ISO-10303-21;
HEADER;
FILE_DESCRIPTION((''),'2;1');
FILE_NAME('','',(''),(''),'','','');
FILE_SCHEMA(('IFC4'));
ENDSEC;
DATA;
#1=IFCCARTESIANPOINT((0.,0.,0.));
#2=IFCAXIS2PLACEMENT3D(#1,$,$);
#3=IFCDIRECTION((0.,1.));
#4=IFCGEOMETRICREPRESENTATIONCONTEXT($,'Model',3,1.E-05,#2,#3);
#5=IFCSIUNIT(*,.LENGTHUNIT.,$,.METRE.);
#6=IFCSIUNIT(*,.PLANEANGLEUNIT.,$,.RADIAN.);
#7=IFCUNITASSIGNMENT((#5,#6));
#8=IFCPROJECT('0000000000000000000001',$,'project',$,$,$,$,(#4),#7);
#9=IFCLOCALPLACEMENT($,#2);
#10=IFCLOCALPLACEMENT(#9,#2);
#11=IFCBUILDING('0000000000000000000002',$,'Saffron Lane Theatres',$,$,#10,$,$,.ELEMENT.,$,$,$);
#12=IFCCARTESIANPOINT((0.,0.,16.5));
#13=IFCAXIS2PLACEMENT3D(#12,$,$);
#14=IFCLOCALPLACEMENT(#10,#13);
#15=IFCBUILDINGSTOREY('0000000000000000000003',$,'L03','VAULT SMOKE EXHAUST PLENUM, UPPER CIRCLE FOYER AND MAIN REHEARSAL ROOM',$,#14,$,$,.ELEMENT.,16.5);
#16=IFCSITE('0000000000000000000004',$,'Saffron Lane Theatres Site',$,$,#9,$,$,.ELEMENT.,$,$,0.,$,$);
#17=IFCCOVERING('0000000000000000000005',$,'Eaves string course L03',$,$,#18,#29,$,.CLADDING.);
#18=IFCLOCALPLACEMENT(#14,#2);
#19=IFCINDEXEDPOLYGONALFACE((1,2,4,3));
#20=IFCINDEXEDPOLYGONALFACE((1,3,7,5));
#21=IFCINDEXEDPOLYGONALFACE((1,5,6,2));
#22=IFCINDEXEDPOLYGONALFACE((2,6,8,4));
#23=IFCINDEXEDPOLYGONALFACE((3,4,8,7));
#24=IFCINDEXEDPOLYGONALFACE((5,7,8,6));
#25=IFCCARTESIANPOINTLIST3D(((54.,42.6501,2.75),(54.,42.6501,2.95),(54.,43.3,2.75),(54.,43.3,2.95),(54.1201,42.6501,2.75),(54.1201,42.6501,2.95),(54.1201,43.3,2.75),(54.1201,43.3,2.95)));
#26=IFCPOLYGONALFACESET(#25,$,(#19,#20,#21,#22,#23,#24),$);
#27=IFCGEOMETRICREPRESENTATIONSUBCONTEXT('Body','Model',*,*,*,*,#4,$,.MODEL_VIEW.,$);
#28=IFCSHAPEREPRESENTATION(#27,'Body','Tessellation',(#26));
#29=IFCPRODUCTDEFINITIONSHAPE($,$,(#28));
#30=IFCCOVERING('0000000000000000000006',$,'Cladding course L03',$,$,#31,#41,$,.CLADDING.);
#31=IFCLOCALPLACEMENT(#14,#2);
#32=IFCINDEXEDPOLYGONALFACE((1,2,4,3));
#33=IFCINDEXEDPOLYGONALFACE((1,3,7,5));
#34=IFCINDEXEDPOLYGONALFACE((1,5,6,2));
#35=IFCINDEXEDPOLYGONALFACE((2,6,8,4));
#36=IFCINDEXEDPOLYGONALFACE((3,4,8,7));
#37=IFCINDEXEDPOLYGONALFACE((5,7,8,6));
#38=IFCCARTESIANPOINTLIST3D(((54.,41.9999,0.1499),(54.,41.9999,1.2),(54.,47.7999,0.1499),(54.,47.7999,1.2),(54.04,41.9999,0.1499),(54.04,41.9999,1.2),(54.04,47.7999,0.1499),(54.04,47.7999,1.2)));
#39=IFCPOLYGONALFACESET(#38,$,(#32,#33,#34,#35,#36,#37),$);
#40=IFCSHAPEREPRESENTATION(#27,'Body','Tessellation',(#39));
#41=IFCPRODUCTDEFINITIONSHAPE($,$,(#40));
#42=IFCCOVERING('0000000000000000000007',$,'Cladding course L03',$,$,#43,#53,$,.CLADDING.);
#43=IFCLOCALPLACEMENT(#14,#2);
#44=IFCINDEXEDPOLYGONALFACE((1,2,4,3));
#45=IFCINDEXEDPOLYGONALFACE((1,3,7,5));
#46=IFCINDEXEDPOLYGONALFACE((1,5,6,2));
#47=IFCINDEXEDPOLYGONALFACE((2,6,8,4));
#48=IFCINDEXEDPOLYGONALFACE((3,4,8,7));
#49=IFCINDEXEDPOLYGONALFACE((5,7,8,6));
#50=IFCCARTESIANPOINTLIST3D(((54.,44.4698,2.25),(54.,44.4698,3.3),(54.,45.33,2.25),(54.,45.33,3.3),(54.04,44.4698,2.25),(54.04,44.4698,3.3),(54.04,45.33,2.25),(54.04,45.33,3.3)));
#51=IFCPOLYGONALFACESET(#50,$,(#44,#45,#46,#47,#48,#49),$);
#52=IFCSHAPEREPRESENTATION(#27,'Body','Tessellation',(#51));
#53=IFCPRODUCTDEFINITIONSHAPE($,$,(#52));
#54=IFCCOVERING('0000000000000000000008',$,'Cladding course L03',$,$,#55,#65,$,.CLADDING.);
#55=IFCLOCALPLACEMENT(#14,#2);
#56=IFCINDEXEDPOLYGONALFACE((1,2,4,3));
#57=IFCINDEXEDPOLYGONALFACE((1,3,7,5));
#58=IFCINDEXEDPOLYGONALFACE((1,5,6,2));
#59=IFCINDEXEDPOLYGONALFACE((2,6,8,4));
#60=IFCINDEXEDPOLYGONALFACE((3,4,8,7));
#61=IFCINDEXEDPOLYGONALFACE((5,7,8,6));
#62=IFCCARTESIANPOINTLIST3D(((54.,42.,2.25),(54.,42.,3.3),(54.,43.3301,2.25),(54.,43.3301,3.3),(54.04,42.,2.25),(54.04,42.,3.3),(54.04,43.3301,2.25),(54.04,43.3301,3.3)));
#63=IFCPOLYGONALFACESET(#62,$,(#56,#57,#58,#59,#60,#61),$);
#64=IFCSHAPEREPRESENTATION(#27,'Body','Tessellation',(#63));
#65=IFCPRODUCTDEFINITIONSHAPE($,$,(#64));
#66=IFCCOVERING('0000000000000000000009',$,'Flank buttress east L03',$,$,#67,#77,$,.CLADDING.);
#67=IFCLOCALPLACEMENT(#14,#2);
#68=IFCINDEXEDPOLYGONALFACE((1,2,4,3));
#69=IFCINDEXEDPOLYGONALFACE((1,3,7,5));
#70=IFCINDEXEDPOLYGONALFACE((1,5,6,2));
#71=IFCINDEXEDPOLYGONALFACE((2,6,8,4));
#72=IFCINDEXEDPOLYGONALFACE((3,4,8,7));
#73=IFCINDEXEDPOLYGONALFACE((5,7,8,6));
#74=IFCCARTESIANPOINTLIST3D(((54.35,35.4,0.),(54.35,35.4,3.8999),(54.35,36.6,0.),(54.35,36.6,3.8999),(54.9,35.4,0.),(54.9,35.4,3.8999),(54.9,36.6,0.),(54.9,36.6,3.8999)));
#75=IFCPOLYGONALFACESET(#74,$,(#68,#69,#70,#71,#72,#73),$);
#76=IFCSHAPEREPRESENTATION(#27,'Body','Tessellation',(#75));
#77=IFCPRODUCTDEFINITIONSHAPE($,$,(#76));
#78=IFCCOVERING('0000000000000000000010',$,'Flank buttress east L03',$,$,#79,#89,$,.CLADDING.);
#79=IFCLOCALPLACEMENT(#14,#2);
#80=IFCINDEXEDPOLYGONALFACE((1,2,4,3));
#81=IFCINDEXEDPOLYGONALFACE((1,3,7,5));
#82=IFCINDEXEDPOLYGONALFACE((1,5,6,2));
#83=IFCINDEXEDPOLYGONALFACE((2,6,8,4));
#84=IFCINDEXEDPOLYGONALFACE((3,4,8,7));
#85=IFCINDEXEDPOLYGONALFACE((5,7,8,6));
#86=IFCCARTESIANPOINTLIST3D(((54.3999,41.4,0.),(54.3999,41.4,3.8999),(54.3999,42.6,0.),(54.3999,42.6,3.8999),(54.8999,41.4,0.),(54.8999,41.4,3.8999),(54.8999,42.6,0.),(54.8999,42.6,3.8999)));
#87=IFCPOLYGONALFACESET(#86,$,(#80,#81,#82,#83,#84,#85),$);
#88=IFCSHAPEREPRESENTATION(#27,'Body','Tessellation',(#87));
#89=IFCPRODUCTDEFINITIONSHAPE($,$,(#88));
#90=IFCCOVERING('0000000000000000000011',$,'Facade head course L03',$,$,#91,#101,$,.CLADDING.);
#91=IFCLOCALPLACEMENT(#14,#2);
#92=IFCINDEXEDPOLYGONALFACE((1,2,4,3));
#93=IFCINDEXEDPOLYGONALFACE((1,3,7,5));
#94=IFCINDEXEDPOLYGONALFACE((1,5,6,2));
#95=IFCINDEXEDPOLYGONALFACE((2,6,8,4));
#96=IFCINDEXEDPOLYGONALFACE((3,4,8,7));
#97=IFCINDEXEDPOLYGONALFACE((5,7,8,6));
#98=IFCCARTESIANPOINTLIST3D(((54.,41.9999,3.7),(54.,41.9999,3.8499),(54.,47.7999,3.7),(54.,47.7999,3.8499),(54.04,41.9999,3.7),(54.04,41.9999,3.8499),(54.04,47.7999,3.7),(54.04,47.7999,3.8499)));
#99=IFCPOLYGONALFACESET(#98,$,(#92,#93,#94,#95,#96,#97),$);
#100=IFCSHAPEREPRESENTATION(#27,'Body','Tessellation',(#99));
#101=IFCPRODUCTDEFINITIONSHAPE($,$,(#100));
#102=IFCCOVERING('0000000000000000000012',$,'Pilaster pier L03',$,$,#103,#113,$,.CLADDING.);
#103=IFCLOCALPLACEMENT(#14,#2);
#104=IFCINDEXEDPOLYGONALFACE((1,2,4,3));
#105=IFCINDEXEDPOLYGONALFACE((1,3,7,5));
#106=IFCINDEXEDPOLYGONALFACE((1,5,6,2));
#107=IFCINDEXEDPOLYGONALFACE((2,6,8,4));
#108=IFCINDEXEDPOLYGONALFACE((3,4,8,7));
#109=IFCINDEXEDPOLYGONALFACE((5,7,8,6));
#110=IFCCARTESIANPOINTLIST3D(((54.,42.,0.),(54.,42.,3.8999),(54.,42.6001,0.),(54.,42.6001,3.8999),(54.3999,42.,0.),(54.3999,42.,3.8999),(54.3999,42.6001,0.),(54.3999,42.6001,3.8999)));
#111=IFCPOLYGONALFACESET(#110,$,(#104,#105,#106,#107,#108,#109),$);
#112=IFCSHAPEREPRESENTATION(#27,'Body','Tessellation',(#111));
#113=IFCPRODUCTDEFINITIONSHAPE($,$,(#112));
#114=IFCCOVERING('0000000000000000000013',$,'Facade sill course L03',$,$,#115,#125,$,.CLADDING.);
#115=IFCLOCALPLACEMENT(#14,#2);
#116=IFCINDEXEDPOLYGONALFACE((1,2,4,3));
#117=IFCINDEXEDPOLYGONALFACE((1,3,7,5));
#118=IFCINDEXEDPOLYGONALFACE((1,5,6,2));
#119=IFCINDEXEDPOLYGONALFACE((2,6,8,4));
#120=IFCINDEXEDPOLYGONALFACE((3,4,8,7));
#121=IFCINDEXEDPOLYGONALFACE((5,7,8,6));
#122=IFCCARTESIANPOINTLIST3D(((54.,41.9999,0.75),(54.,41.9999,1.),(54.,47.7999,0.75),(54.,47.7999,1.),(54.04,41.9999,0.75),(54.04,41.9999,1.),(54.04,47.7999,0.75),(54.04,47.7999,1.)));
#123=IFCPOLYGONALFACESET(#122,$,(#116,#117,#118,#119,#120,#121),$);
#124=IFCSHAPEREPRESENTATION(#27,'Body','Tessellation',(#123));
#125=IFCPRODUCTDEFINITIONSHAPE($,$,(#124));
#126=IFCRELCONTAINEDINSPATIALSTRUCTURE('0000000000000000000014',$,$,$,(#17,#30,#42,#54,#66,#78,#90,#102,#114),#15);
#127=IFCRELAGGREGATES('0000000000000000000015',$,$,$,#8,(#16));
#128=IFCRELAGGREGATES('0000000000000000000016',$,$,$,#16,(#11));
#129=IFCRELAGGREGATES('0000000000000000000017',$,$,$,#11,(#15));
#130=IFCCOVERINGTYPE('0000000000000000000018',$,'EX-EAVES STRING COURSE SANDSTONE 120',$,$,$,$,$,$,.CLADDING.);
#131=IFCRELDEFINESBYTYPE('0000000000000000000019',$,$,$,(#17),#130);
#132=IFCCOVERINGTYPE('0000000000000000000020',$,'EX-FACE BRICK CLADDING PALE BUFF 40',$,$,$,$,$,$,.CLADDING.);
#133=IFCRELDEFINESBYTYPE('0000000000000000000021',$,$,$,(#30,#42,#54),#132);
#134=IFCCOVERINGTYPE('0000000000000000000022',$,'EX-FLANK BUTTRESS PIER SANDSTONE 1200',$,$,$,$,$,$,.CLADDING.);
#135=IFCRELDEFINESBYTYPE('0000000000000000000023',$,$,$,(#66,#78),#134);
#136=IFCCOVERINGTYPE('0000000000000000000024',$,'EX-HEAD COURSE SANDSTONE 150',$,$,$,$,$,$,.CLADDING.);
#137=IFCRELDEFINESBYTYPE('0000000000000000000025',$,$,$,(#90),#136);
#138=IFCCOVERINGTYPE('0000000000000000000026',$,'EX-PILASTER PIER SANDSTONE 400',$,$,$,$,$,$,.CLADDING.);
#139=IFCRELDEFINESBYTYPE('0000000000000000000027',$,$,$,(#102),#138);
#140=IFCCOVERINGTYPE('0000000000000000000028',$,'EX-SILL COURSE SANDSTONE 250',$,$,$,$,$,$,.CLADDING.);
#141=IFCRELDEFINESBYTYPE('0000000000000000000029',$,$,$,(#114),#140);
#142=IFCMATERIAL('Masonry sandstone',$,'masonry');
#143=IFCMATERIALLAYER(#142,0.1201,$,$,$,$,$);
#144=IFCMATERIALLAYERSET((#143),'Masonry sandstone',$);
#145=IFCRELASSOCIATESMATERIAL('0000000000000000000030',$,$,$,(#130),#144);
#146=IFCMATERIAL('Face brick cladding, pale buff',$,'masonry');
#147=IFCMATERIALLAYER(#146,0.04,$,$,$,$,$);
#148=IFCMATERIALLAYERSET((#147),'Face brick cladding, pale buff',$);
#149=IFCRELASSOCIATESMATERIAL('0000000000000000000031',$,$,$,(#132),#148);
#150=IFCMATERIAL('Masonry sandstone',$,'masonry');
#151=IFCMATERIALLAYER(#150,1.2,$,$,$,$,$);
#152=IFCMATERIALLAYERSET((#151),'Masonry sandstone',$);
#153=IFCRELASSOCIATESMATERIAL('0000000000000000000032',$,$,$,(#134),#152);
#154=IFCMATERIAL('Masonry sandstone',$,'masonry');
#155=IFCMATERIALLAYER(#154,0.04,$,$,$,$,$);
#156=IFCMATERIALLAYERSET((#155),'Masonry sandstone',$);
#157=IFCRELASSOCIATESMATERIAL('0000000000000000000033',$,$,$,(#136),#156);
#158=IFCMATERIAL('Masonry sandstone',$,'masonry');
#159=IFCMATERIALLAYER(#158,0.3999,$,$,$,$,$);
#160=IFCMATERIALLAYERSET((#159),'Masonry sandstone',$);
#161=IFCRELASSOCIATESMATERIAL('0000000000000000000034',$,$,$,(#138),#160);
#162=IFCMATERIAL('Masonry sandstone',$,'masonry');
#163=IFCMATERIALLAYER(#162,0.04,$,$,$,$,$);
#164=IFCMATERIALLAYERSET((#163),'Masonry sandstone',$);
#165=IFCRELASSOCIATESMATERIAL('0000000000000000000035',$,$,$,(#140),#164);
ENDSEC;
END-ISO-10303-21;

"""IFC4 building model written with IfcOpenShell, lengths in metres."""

from ifc_helpers import new_model, si_unit, direction, frame, origin, origin_2d, place, context, subcontext, project, spatial, rectangle, extrude, material, layer, layer_set, type_object, element, save


model = new_model("IFC4")

# Units and contexts
model_context = context("Model", 3, precision=1e-05, world=origin(), true_north=direction((0.0, 1.0)))
body_context = subcontext(model_context, "Body", "Model", "MODEL_VIEW")
ifc_project = project(units=[si_unit("LENGTHUNIT", "METRE"), si_unit("PLANEANGLEUNIT", "RADIAN")], contexts=[model_context])

# Site, building, storey
site_placement = place(None, origin())
site = spatial("IfcSite", under=ifc_project, at=site_placement, Name="Saffron Lane Theatres Site", CompositionType="ELEMENT", RefElevation=0.0)
building_placement = place(site_placement, origin())
building = spatial("IfcBuilding", under=site, at=building_placement, Name="Saffron Lane Theatres", CompositionType="ELEMENT")
storey_placement = place(building_placement, frame((0.0, 0.0, 16.5)))
storey = spatial("IfcBuildingStorey", under=building, at=storey_placement, Name="L03", Description="VAULT SMOKE EXHAUST PLENUM, UPPER CIRCLE FOYER AND MAIN REHEARSAL ROOM", CompositionType="ELEMENT", Elevation=16.5)

# Coverings
ifc_material_1 = material(Name="Masonry sandstone", Category="masonry")
ifc_layer_1 = layer(ifc_material_1, 0.1201)
ifc_layer_set_1 = layer_set([ifc_layer_1], Name="Masonry sandstone")
covering_type_1 = type_object("IfcCoveringType", Name="EX-EAVES STRING COURSE SANDSTONE 120", PredefinedType="CLADDING", material=ifc_layer_set_1)
covering_1_placement = place(storey_placement, frame((54.0601, 42.9751, 2.75), z_axis=(0.0, 0.0, 1.0), x_axis=(0.0, -1.0, 0.0)))
element("IfcCovering", 1, at=covering_1_placement, inside=storey, type_object=covering_type_1, Name="Eaves string course L03", PredefinedType="CLADDING", context=body_context, shape_type="SweptSolid", body=[
    extrude(rectangle(XDim=0.6499, YDim=0.1201, at=origin_2d()), origin(), (0.0, 0.0, 1.0), 0.2),
])
ifc_material_2 = material(Name="Face brick cladding, pale buff", Category="masonry")
ifc_layer_2 = layer(ifc_material_2, 0.04)
ifc_layer_set_2 = layer_set([ifc_layer_2], Name="Face brick cladding, pale buff")
covering_type_2 = type_object("IfcCoveringType", Name="EX-FACE BRICK CLADDING PALE BUFF 40", PredefinedType="CLADDING", material=ifc_layer_set_2)
covering_2_placement = place(storey_placement, frame((54.02, 44.8999, 0.1499), z_axis=(0.0, 0.0, 1.0), x_axis=(0.0, -1.0, 0.0)))
element("IfcCovering", 2, at=covering_2_placement, inside=storey, type_object=covering_type_2, Name="Cladding course L03", PredefinedType="CLADDING", context=body_context, shape_type="SweptSolid", body=[
    extrude(rectangle(XDim=5.8, YDim=0.04, at=origin_2d()), origin(), (0.0, 0.0, 1.0), 1.05),
])
covering_3_placement = place(storey_placement, frame((54.02, 44.8999, 2.25), z_axis=(0.0, 0.0, 1.0), x_axis=(0.0, -1.0, 0.0)))
element("IfcCovering", 3, at=covering_3_placement, inside=storey, type_object=covering_type_2, Name="Cladding course L03", PredefinedType="CLADDING", context=body_context, shape_type="SweptSolid", body=[
    extrude(rectangle(XDim=0.8601, YDim=0.04, at=origin_2d()), origin(), (0.0, 0.0, 1.0), 1.05),
])
covering_4_placement = place(storey_placement, frame((54.02, 42.665, 2.25), z_axis=(0.0, 0.0, 1.0), x_axis=(0.0, -1.0, 0.0)))
element("IfcCovering", 4, at=covering_4_placement, inside=storey, type_object=covering_type_2, Name="Cladding course L03", PredefinedType="CLADDING", context=body_context, shape_type="SweptSolid", body=[
    extrude(rectangle(XDim=1.3301, YDim=0.04, at=origin_2d()), origin(), (0.0, 0.0, 1.0), 1.05),
])
ifc_material_3 = material(Name="Masonry sandstone", Category="masonry")
ifc_layer_3 = layer(ifc_material_3, 1.2)
ifc_layer_set_3 = layer_set([ifc_layer_3], Name="Masonry sandstone")
covering_type_3 = type_object("IfcCoveringType", Name="EX-FLANK BUTTRESS PIER SANDSTONE 1200", PredefinedType="CLADDING", material=ifc_layer_set_3)
covering_5_placement = place(storey_placement, frame((54.625, 36.0, 0.0), z_axis=(0.0, 0.0, 1.0), x_axis=(0.0, 1.0, 0.0)))
element("IfcCovering", 5, at=covering_5_placement, inside=storey, type_object=covering_type_3, Name="Flank buttress east L03", PredefinedType="CLADDING", context=body_context, shape_type="SweptSolid", body=[
    extrude(rectangle(XDim=1.2, YDim=0.55, at=origin_2d()), origin(), (0.0, 0.0, 1.0), 3.8999),
])
covering_6_placement = place(storey_placement, frame((54.6499, 42.0, 0.0), z_axis=(0.0, 0.0, 1.0), x_axis=(0.0, 1.0, 0.0)))
element("IfcCovering", 6, at=covering_6_placement, inside=storey, type_object=covering_type_3, Name="Flank buttress east L03", PredefinedType="CLADDING", context=body_context, shape_type="SweptSolid", body=[
    extrude(rectangle(XDim=1.2, YDim=0.5, at=origin_2d()), origin(), (0.0, 0.0, 1.0), 3.8999),
])
ifc_material_4 = material(Name="Masonry sandstone", Category="masonry")
ifc_layer_4 = layer(ifc_material_4, 0.04)
ifc_layer_set_4 = layer_set([ifc_layer_4], Name="Masonry sandstone")
covering_type_4 = type_object("IfcCoveringType", Name="EX-HEAD COURSE SANDSTONE 150", PredefinedType="CLADDING", material=ifc_layer_set_4)
covering_7_placement = place(storey_placement, frame((54.02, 44.8999, 3.7), z_axis=(0.0, 0.0, 1.0), x_axis=(0.0, -1.0, 0.0)))
element("IfcCovering", 7, at=covering_7_placement, inside=storey, type_object=covering_type_4, Name="Facade head course L03", PredefinedType="CLADDING", context=body_context, shape_type="SweptSolid", body=[
    extrude(rectangle(XDim=5.8, YDim=0.04, at=origin_2d()), origin(), (0.0, 0.0, 1.0), 0.1499),
])
ifc_material_5 = material(Name="Masonry sandstone", Category="masonry")
ifc_layer_5 = layer(ifc_material_5, 0.3999)
ifc_layer_set_5 = layer_set([ifc_layer_5], Name="Masonry sandstone")
covering_type_5 = type_object("IfcCoveringType", Name="EX-PILASTER PIER SANDSTONE 400", PredefinedType="CLADDING", material=ifc_layer_set_5)
covering_8_placement = place(storey_placement, frame((54.2, 42.3, 0.0), z_axis=(0.0, 0.0, 1.0), x_axis=(0.0, -1.0, 0.0)))
element("IfcCovering", 8, at=covering_8_placement, inside=storey, type_object=covering_type_5, Name="Pilaster pier L03", PredefinedType="CLADDING", context=body_context, shape_type="SweptSolid", body=[
    extrude(rectangle(XDim=0.6001, YDim=0.3999, at=origin_2d()), origin(), (0.0, 0.0, 1.0), 3.8999),
])
ifc_material_6 = material(Name="Masonry sandstone", Category="masonry")
ifc_layer_6 = layer(ifc_material_6, 0.04)
ifc_layer_set_6 = layer_set([ifc_layer_6], Name="Masonry sandstone")
covering_type_6 = type_object("IfcCoveringType", Name="EX-SILL COURSE SANDSTONE 250", PredefinedType="CLADDING", material=ifc_layer_set_6)
covering_9_placement = place(storey_placement, frame((54.02, 44.8999, 0.75), z_axis=(0.0, 0.0, 1.0), x_axis=(0.0, -1.0, 0.0)))
element("IfcCovering", 9, at=covering_9_placement, inside=storey, type_object=covering_type_6, Name="Facade sill course L03", PredefinedType="CLADDING", context=body_context, shape_type="SweptSolid", body=[
    extrude(rectangle(XDim=5.8, YDim=0.04, at=origin_2d()), origin(), (0.0, 0.0, 1.0), 0.25),
])

save(model, "model.ifc")
